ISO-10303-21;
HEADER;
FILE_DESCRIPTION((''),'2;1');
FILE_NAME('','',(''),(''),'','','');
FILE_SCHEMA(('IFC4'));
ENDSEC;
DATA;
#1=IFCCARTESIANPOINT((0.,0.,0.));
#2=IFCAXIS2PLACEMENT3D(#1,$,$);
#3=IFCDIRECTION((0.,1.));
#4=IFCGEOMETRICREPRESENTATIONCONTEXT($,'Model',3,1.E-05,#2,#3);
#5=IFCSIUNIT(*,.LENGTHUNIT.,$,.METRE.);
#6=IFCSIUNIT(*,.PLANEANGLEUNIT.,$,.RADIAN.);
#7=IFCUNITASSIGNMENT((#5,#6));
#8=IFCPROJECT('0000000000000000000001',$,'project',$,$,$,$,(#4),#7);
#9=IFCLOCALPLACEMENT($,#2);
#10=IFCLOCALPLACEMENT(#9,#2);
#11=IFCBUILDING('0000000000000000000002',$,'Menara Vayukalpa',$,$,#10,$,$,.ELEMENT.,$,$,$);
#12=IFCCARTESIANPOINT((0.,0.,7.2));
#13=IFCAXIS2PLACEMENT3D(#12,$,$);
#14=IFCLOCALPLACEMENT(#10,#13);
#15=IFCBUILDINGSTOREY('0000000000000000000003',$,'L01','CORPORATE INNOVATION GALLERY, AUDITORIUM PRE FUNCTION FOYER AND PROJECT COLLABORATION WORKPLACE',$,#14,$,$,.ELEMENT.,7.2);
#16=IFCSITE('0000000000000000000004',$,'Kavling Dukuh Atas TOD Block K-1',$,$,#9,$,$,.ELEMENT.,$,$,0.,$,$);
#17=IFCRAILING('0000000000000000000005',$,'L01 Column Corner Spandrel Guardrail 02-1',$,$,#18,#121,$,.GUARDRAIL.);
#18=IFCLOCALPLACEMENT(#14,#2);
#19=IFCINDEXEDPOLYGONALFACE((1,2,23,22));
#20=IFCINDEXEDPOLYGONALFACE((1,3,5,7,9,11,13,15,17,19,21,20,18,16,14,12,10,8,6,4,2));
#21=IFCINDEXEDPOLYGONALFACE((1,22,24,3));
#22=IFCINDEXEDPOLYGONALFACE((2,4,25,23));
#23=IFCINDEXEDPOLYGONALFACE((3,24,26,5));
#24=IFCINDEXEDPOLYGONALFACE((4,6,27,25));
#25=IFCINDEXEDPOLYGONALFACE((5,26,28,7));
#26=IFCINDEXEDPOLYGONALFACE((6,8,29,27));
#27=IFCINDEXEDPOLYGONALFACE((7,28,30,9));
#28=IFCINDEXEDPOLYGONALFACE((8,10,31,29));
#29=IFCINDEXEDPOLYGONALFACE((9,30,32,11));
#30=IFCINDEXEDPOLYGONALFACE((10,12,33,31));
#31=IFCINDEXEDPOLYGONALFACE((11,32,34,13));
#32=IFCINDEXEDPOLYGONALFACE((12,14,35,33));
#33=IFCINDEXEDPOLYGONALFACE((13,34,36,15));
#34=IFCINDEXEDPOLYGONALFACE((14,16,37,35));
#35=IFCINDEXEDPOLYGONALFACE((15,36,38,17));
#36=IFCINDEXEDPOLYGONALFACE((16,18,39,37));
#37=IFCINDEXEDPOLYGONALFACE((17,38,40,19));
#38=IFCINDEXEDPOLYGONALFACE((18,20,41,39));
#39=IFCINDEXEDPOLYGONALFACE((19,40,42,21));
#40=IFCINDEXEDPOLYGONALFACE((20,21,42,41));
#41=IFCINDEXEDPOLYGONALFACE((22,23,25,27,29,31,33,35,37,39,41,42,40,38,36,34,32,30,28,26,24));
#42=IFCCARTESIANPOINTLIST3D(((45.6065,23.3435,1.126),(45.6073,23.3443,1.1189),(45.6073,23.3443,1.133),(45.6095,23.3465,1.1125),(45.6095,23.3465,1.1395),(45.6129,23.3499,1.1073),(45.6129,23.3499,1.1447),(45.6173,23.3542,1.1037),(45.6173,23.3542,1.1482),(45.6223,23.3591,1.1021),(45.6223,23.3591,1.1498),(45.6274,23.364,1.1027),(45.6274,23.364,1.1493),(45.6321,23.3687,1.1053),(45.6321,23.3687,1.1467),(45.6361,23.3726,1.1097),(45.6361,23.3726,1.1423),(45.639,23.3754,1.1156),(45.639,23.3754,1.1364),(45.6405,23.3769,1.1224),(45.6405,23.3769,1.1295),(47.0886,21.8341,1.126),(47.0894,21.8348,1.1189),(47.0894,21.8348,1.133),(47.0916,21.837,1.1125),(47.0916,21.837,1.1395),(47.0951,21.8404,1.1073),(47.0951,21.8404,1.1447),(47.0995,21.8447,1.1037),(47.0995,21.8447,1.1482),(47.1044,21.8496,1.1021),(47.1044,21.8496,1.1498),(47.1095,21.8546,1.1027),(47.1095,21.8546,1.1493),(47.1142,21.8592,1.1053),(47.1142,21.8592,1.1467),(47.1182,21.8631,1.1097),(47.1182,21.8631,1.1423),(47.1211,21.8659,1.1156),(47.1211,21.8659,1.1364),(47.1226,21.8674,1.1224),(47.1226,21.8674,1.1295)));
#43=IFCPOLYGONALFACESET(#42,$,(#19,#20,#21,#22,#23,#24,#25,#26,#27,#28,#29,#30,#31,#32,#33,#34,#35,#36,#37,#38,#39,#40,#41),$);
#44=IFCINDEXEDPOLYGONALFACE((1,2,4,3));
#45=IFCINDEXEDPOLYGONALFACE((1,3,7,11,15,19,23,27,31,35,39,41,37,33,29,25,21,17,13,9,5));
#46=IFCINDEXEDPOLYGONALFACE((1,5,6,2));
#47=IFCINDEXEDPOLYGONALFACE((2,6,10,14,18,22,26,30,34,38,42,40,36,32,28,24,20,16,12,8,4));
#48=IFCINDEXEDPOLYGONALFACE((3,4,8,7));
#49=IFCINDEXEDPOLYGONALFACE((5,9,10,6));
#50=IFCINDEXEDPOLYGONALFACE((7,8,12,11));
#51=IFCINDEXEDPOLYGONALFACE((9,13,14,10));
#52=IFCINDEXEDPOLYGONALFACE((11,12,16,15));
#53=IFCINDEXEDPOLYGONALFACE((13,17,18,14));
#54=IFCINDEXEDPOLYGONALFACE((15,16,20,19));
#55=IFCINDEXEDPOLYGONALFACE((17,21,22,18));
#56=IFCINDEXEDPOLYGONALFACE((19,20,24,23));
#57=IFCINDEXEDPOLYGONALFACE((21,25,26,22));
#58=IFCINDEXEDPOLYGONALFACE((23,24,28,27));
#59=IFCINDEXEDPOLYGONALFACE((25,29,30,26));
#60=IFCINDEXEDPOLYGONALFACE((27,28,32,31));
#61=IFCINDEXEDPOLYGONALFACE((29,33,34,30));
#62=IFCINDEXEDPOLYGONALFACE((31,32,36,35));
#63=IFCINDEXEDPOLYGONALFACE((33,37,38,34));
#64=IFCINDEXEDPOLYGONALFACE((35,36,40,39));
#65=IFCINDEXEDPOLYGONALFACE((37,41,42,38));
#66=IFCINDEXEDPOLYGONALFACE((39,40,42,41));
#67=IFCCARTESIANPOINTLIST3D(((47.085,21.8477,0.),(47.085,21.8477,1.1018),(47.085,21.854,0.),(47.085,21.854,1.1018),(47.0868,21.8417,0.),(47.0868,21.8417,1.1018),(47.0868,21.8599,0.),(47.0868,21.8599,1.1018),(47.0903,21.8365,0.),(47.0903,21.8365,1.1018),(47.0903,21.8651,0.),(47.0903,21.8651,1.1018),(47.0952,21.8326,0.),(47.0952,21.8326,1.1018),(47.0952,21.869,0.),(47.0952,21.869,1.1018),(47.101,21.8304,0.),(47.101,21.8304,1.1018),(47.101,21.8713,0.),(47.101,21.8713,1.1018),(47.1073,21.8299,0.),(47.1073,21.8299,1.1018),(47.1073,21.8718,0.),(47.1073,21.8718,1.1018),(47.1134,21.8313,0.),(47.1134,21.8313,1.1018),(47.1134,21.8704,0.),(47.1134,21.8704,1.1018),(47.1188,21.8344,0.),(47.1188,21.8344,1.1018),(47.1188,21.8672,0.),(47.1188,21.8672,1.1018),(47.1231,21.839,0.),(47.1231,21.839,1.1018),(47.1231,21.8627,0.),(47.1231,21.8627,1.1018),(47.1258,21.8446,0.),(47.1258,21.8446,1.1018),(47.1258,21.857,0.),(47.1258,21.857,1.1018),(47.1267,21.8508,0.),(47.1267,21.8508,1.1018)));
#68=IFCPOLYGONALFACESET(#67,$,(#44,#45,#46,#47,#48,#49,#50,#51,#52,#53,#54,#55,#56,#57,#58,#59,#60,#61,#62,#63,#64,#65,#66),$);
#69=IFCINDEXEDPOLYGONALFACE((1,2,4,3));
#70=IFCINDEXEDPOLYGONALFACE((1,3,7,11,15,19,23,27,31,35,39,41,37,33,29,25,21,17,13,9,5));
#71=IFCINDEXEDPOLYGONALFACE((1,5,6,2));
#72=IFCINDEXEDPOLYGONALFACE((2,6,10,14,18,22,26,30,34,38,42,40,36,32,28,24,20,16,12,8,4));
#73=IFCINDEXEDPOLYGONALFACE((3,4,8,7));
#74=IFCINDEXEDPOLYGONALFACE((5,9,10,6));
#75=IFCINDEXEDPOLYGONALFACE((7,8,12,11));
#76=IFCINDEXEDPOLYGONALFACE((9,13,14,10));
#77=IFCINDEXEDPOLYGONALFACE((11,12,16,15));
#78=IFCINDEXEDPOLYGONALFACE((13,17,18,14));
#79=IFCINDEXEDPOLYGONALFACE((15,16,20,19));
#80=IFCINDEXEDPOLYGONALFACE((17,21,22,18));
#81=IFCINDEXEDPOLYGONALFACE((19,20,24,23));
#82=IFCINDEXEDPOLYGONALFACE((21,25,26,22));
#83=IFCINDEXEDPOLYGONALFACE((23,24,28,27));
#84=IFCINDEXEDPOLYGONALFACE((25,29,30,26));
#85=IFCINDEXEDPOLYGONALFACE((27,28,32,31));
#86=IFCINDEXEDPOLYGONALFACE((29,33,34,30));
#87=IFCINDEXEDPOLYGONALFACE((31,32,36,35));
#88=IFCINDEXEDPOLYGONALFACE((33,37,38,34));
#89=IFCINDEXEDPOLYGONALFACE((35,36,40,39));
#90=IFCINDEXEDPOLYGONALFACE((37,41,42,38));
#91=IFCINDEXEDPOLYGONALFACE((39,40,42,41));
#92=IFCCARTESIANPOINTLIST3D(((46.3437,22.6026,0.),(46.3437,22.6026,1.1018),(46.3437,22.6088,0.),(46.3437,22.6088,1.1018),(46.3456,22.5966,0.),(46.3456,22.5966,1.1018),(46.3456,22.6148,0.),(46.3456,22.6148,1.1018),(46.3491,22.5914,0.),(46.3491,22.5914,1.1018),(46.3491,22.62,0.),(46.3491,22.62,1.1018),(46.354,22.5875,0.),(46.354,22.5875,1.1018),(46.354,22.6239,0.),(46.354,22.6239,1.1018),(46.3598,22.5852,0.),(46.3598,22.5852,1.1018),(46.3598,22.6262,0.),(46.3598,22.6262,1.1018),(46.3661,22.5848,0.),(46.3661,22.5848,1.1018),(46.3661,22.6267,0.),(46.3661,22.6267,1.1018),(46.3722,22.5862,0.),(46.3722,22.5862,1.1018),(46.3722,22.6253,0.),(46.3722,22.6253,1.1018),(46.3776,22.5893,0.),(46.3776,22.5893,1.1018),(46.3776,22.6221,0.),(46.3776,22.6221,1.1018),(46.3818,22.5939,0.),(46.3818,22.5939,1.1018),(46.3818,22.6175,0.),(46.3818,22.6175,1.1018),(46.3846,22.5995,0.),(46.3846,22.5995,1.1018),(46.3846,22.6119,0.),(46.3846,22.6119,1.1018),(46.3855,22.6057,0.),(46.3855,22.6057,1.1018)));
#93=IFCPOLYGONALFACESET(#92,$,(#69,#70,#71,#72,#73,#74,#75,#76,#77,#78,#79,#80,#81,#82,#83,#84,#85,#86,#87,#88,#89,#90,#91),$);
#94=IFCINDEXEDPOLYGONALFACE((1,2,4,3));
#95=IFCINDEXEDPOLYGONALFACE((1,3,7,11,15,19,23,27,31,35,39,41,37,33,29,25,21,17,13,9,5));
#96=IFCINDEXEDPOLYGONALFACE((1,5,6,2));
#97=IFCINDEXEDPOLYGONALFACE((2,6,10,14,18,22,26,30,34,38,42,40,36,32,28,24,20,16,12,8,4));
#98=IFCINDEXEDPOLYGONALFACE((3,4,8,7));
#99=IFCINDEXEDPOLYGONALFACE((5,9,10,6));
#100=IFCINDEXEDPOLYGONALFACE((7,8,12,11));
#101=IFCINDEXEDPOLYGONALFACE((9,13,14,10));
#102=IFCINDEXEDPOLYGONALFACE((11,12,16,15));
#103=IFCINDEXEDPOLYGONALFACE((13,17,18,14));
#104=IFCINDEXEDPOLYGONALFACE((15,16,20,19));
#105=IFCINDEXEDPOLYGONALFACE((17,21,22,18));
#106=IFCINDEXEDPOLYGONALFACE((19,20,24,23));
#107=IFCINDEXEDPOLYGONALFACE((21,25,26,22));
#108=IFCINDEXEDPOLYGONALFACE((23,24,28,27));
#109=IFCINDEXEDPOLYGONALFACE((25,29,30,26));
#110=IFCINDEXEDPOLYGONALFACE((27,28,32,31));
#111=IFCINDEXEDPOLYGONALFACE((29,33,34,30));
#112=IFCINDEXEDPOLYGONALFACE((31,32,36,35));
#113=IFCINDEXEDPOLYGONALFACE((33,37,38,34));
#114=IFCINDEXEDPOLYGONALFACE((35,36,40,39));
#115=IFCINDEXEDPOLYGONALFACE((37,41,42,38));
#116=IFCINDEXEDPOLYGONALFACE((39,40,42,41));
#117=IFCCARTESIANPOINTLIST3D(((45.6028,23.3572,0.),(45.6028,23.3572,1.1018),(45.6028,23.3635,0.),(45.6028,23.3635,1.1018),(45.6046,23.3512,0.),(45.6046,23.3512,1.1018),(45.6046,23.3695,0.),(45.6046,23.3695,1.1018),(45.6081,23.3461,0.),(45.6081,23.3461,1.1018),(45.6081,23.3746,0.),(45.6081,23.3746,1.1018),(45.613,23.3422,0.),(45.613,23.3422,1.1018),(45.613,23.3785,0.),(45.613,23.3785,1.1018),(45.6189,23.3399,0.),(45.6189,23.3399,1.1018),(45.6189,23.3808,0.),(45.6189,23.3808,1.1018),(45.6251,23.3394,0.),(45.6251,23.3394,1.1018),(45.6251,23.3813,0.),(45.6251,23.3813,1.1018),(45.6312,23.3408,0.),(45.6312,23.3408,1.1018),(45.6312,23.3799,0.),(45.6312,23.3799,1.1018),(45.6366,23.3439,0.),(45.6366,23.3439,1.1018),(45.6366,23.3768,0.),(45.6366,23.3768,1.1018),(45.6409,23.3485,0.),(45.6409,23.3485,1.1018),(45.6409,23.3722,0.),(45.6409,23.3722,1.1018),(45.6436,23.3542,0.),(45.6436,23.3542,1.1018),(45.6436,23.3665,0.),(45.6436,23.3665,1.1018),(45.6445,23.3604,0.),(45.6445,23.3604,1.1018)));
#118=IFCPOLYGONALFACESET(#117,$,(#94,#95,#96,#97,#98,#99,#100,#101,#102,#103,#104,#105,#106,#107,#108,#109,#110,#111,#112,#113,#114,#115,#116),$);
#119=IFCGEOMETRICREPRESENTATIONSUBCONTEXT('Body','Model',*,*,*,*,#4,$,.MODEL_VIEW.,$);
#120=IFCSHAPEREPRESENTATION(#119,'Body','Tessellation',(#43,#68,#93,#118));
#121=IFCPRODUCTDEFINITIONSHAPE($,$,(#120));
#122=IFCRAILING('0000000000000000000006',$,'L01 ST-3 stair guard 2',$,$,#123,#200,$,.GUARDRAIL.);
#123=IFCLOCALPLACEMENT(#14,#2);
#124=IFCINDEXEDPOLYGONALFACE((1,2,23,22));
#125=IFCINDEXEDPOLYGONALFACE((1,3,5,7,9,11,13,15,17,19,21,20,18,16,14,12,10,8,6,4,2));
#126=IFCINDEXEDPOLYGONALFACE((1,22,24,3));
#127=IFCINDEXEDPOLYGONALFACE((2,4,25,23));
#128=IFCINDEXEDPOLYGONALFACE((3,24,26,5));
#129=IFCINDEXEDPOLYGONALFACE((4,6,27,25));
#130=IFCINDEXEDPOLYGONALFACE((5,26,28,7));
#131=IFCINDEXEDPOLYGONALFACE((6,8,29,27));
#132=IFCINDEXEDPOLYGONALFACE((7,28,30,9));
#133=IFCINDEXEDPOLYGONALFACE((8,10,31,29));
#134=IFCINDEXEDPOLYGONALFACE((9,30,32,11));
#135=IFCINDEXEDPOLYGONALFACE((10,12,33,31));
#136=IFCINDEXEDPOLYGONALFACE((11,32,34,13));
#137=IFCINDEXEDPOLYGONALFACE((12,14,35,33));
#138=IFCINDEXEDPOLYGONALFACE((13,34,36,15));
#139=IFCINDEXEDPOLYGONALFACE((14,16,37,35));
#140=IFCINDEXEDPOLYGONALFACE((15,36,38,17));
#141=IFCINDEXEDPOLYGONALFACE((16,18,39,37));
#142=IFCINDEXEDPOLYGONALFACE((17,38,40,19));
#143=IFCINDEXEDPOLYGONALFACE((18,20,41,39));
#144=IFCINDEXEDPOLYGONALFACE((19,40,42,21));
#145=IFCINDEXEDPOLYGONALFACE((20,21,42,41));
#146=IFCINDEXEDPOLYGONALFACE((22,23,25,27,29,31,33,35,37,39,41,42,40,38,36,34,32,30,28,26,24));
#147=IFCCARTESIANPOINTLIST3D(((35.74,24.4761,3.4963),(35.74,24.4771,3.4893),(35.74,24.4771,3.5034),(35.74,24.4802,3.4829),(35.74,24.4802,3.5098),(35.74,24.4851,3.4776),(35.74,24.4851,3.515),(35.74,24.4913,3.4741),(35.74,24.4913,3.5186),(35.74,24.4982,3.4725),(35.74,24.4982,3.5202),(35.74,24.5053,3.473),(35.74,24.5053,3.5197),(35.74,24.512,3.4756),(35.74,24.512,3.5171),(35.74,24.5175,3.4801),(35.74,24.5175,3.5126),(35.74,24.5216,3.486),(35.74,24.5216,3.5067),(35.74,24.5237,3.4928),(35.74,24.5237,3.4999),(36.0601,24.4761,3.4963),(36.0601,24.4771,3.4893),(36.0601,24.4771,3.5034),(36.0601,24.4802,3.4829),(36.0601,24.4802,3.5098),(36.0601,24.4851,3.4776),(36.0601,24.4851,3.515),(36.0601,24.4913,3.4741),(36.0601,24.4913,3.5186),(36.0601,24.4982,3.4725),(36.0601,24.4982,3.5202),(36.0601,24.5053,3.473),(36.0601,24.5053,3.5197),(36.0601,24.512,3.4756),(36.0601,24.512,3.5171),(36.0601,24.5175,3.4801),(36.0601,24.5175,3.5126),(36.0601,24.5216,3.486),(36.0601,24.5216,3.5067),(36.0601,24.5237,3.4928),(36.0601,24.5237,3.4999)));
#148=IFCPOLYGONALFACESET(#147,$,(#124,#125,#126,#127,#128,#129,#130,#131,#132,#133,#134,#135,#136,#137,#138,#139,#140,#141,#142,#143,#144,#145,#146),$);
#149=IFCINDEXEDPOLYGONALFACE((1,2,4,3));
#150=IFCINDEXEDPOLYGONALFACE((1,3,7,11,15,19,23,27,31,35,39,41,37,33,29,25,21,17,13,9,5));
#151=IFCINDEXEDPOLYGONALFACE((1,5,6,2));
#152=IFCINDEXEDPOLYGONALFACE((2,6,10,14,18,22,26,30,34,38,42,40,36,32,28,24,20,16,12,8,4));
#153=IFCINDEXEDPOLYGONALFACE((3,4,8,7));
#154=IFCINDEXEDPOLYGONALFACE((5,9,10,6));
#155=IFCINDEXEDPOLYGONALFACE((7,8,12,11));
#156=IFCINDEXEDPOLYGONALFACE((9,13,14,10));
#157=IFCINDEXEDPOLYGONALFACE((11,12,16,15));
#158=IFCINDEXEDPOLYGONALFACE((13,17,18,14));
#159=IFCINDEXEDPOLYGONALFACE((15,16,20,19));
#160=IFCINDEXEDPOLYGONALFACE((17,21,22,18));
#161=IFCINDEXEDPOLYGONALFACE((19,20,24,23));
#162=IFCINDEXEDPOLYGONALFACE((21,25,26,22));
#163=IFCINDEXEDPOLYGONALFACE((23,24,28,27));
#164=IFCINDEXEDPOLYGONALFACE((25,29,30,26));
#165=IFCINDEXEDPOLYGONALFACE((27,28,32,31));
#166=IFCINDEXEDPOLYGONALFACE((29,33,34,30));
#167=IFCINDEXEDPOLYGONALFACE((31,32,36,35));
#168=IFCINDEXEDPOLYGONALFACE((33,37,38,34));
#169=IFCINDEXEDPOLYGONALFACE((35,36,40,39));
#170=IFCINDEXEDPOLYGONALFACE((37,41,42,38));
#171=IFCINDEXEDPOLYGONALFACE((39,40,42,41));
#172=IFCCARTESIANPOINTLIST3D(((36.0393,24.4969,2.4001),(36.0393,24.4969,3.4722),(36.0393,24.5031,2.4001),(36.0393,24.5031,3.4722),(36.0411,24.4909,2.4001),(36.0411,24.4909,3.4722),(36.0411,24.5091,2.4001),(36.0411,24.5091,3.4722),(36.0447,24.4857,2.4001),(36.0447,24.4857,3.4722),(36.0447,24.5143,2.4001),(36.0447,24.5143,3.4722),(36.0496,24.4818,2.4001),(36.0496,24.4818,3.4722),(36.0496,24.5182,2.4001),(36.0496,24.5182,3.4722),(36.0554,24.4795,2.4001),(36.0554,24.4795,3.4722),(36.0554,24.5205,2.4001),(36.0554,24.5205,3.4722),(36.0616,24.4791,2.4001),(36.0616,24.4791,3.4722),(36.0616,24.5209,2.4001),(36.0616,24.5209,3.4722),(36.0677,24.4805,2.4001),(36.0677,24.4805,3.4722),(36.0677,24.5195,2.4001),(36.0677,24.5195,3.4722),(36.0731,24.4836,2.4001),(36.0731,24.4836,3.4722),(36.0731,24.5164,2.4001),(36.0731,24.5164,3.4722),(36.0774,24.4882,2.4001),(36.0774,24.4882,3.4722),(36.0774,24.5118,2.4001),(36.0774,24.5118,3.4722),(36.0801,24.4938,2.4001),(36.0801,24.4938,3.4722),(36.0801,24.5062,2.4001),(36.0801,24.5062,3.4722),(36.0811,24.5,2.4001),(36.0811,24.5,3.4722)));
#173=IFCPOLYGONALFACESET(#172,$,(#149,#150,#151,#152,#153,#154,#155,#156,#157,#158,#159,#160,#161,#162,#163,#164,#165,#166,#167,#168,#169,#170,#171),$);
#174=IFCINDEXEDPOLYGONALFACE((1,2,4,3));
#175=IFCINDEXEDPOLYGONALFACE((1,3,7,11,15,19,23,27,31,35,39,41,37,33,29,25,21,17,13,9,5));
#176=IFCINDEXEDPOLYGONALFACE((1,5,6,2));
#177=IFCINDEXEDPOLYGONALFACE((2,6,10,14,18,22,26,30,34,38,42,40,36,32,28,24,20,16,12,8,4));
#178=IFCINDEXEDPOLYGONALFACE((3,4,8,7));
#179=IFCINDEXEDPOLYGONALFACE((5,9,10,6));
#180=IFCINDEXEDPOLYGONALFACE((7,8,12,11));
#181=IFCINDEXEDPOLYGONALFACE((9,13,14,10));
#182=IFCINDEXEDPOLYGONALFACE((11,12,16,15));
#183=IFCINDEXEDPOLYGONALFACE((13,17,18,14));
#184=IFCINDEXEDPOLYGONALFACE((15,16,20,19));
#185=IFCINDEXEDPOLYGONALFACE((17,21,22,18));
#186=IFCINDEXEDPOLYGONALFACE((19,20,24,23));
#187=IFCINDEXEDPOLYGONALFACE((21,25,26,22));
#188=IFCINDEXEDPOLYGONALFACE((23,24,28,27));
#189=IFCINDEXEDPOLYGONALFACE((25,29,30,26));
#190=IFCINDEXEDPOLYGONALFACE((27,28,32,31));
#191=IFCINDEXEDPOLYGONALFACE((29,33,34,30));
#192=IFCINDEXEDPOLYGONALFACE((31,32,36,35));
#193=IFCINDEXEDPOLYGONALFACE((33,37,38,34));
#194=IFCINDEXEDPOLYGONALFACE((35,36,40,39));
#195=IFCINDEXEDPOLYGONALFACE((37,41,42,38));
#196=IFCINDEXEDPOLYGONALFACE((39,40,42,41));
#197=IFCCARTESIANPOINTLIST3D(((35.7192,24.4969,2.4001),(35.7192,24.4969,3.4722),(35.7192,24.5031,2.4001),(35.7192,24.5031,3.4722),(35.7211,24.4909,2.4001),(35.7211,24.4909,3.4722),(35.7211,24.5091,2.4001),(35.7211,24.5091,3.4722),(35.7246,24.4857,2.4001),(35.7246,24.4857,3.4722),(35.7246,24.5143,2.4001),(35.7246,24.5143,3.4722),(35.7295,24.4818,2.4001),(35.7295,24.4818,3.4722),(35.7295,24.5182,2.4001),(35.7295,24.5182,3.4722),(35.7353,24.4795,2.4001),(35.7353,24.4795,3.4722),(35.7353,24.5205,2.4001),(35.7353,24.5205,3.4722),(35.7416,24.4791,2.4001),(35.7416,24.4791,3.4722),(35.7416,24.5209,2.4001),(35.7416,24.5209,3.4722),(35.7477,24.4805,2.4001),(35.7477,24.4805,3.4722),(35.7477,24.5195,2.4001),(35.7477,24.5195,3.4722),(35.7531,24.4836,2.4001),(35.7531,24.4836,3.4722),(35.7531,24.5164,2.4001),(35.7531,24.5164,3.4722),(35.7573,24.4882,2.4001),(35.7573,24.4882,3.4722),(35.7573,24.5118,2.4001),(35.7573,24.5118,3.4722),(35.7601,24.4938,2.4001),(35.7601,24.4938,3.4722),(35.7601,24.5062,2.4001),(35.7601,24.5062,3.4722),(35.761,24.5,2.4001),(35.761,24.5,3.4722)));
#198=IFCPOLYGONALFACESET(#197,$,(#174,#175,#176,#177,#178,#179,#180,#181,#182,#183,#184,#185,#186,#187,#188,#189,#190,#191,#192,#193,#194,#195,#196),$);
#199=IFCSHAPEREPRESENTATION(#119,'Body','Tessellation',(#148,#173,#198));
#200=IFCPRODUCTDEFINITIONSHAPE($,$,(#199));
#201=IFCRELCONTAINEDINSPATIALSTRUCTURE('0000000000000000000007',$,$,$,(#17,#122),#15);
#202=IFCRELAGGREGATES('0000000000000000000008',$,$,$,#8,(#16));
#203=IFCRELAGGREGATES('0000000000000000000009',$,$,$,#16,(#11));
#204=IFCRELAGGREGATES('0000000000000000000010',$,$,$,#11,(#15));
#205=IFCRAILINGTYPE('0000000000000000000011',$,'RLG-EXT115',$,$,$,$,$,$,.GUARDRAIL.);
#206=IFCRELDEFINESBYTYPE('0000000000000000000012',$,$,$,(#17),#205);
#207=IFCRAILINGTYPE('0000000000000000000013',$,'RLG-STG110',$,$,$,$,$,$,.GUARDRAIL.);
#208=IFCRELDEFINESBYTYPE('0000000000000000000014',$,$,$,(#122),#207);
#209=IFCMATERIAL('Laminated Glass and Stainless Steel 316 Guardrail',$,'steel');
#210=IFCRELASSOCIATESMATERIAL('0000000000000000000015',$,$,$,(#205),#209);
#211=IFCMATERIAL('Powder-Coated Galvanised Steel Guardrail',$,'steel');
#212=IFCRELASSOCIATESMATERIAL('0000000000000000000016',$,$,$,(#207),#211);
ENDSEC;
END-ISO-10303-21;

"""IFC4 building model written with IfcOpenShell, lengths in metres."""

from ifc_helpers import new_model, si_unit, direction, frame, origin, origin_2d, place, context, subcontext, project, spatial, circle, extrude, material, type_object, element, save


model = new_model("IFC4")

# Units and contexts
model_context = context("Model", 3, precision=1e-05, world=origin(), true_north=direction((0.0, 1.0)))
body_context = subcontext(model_context, "Body", "Model", "MODEL_VIEW")
ifc_project = project(units=[si_unit("LENGTHUNIT", "METRE"), si_unit("PLANEANGLEUNIT", "RADIAN")], contexts=[model_context])

# Site, building, storey
site_placement = place(None, origin())
site = spatial("IfcSite", under=ifc_project, at=site_placement, Name="Kavling Dukuh Atas TOD Block K-1", CompositionType="ELEMENT", RefElevation=0.0)
building_placement = place(site_placement, origin())
building = spatial("IfcBuilding", under=site, at=building_placement, Name="Menara Vayukalpa", CompositionType="ELEMENT")
storey_placement = place(building_placement, frame((0.0, 0.0, 7.2)))
storey = spatial("IfcBuildingStorey", under=building, at=storey_placement, Name="L01", Description="CORPORATE INNOVATION GALLERY, AUDITORIUM PRE FUNCTION FOYER AND PROJECT COLLABORATION WORKPLACE", CompositionType="ELEMENT", Elevation=7.2)

# Railings
ifc_material_1 = material(Name="Laminated Glass and Stainless Steel 316 Guardrail", Category="steel")
railing_type_1 = type_object("IfcRailingType", Name="RLG-EXT115", PredefinedType="GUARDRAIL", material=ifc_material_1)
railing_1_placement = place(storey_placement, frame((47.1057, 21.8508, 0.0)))
element("IfcRailing", 1, at=railing_1_placement, inside=storey, type_object=railing_type_1, Name="L01 Column Corner Spandrel Guardrail 02-1", PredefinedType="GUARDRAIL", context=body_context, shape_type="SweptSolid", body=[
    extrude(circle(Radius=0.0239, at=origin_2d()), frame((0.0, 0.0, 1.126), z_axis=(-0.700615, 0.71354, 0.0), x_axis=(-0.71354, -0.700615, 0.0)), (0.0, 0.0, 1.0), 2.1155),
    extrude(circle(Radius=0.021, at=origin_2d()), origin(), (0.0, 0.0, 1.0), 1.1018),
    extrude(circle(Radius=0.021, at=origin_2d()), frame((-0.7412, 0.7549, 0.0)), (0.0, 0.0, 1.0), 1.1018),
    extrude(circle(Radius=0.021, at=origin_2d()), frame((-1.4822, 1.5095, 0.0)), (0.0, 0.0, 1.0), 1.1018),
])
ifc_material_2 = material(Name="Powder-Coated Galvanised Steel Guardrail", Category="steel")
railing_type_2 = type_object("IfcRailingType", Name="RLG-STG110", PredefinedType="GUARDRAIL", material=ifc_material_2)
railing_2_placement = place(storey_placement, frame((36.0601, 24.5, 2.4001)))
element("IfcRailing", 2, at=railing_2_placement, inside=storey, type_object=railing_type_2, Name="L01 ST-3 stair guard 2", PredefinedType="GUARDRAIL", context=body_context, shape_type="SweptSolid", body=[
    extrude(circle(Radius=0.0239, at=origin_2d()), frame((0.0, 0.0, 1.0962), z_axis=(-1.0, 0.0, 0.0), x_axis=(0.0, -1.0, 0.0)), (0.0, 0.0, 1.0), 0.3201),
    extrude(circle(Radius=0.021, at=origin_2d()), origin(), (0.0, 0.0, 1.0), 1.072),
    extrude(circle(Radius=0.021, at=origin_2d()), frame((-0.3201, 0.0, 0.0)), (0.0, 0.0, 1.0), 1.072),
])

save(model, "model.ifc")
